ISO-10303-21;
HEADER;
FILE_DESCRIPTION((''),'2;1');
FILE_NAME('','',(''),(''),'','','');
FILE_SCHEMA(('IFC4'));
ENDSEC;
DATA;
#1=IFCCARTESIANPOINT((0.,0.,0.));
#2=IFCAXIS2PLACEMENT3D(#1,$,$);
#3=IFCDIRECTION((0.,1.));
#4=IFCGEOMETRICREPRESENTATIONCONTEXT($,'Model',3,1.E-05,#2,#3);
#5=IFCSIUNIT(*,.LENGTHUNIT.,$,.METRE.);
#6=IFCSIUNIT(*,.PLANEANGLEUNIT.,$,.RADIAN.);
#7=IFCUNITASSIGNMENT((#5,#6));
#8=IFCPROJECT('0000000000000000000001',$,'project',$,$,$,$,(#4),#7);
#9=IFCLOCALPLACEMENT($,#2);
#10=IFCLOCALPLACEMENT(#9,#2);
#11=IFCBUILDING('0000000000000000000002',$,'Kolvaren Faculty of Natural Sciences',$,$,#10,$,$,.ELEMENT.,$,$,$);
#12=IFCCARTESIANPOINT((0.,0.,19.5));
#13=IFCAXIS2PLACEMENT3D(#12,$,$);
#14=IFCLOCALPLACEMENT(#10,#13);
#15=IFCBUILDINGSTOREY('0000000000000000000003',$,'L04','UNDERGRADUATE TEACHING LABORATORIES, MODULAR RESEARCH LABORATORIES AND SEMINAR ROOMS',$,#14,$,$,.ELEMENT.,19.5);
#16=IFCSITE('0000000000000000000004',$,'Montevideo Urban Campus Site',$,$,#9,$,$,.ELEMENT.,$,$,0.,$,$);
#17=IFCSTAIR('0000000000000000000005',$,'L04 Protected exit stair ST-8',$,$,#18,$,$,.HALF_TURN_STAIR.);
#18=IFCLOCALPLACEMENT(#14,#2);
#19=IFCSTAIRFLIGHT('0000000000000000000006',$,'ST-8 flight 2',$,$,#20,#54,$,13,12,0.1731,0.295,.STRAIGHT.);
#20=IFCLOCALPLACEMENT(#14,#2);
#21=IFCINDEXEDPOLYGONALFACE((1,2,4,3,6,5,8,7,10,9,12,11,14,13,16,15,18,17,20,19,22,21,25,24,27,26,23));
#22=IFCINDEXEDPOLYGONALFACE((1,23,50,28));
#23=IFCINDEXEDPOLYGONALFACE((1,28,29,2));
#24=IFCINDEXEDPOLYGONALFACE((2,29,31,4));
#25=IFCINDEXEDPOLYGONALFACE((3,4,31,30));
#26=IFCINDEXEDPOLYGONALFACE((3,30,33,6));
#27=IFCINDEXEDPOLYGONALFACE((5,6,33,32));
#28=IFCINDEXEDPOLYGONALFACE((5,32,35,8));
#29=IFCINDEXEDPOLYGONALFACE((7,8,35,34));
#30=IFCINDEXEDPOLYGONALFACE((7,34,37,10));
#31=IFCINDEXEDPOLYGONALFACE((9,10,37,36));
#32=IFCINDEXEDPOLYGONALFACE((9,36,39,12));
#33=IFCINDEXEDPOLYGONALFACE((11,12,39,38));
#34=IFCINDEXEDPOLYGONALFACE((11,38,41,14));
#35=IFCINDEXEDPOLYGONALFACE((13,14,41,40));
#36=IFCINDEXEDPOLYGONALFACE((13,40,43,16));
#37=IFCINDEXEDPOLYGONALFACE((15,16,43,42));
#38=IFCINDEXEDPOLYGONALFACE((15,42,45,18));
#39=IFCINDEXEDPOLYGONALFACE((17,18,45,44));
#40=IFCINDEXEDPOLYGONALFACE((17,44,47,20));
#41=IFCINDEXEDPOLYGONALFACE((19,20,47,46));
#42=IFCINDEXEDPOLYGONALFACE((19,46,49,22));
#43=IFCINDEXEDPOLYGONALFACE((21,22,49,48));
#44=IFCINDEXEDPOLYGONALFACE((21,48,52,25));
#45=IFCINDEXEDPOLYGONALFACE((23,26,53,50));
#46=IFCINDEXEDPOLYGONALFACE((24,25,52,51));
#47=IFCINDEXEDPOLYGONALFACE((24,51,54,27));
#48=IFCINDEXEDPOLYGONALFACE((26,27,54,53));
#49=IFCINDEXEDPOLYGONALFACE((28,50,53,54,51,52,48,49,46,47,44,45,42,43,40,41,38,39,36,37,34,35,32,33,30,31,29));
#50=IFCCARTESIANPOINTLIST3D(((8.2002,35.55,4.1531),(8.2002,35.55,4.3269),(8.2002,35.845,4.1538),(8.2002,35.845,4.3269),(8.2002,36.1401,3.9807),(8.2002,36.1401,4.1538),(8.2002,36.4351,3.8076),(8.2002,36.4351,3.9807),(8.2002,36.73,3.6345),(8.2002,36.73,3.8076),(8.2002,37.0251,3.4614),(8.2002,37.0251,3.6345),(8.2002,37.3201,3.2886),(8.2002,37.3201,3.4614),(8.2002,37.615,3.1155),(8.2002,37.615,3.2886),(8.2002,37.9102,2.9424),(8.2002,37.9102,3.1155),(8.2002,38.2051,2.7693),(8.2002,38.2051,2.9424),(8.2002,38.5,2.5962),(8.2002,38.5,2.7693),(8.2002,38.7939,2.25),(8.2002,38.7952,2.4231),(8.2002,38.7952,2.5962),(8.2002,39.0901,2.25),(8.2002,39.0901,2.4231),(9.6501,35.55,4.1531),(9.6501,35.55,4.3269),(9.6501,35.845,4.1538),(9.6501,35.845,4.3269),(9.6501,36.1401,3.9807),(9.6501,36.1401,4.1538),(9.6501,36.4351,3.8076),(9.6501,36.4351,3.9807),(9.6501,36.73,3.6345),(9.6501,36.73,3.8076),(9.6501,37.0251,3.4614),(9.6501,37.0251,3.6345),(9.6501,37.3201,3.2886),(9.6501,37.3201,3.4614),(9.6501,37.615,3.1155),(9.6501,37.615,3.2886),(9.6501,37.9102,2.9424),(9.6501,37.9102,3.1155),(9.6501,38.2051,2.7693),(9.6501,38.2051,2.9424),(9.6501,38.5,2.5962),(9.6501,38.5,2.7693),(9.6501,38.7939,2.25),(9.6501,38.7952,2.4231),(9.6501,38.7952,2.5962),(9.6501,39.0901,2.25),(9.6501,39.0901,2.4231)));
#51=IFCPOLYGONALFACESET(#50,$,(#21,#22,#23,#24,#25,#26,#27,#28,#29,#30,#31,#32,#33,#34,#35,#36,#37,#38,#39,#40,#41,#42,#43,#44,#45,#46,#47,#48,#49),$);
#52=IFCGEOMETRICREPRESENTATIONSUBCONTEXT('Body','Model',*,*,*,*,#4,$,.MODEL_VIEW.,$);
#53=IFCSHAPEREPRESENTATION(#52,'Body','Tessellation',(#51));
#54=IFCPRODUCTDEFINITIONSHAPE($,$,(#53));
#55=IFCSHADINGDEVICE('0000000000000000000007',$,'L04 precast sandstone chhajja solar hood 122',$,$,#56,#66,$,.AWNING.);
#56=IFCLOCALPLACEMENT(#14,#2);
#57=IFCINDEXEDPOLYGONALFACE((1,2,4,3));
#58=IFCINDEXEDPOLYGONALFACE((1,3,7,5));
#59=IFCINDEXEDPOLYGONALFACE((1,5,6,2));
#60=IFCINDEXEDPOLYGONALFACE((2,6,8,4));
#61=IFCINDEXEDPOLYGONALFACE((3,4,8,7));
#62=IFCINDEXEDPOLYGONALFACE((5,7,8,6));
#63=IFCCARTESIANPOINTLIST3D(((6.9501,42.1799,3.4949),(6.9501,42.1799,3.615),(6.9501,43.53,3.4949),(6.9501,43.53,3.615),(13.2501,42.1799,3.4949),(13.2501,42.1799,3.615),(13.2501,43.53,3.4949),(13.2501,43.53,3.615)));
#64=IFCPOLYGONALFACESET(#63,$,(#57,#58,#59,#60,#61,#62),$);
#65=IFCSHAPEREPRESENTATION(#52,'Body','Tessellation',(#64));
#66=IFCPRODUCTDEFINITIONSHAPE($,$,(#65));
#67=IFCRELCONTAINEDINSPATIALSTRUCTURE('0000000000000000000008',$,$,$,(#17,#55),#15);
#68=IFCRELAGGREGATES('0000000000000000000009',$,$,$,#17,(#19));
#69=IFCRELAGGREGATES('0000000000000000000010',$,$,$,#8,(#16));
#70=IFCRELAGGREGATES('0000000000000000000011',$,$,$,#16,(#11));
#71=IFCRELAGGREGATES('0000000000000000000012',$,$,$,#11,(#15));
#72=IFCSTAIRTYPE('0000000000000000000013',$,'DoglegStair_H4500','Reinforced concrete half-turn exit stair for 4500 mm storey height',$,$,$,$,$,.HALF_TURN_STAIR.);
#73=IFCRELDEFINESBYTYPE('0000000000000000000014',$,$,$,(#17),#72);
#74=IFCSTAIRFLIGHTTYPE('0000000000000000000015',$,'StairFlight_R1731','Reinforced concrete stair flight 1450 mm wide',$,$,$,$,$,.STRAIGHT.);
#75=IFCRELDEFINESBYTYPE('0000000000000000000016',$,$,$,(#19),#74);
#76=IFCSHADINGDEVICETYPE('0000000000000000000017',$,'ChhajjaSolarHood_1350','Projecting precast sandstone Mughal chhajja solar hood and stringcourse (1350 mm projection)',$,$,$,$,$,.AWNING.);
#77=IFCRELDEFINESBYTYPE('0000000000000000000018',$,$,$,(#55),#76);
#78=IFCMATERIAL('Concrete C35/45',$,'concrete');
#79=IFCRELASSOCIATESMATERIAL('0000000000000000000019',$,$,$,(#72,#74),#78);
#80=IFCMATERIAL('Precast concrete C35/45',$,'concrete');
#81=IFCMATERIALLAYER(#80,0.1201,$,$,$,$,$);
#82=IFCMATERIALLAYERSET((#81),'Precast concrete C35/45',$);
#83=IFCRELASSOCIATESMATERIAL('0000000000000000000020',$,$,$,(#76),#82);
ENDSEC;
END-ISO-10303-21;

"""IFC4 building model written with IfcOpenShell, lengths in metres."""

from ifc_helpers import new_model, si_unit, direction, frame, origin, origin_2d, place, context, subcontext, project, spatial, polyline, rectangle, outline, extrude, material, layer, layer_set, type_object, element, aggregate, save


model = new_model("IFC4")

# Units and contexts
model_context = context("Model", 3, precision=1e-05, world=origin(), true_north=direction((0.0, 1.0)))
body_context = subcontext(model_context, "Body", "Model", "MODEL_VIEW")
ifc_project = project(units=[si_unit("LENGTHUNIT", "METRE"), si_unit("PLANEANGLEUNIT", "RADIAN")], contexts=[model_context])

# Site, building, storey
site_placement = place(None, origin())
site = spatial("IfcSite", under=ifc_project, at=site_placement, Name="Montevideo Urban Campus Site", CompositionType="ELEMENT", RefElevation=0.0)
building_placement = place(site_placement, origin())
building = spatial("IfcBuilding", under=site, at=building_placement, Name="Kolvaren Faculty of Natural Sciences", CompositionType="ELEMENT")
storey_placement = place(building_placement, frame((0.0, 0.0, 19.5)))
storey = spatial("IfcBuildingStorey", under=building, at=storey_placement, Name="L04", Description="UNDERGRADUATE TEACHING LABORATORIES, MODULAR RESEARCH LABORATORIES AND SEMINAR ROOMS", CompositionType="ELEMENT", Elevation=19.5)

# Shared definitions
ifc_material_1 = material(Name="Concrete C35/45", Category="concrete")

# Stair, stair flight
stair_type = type_object("IfcStairType", Name="DoglegStair_H4500", Description="Reinforced concrete half-turn exit stair for 4500 mm storey height", PredefinedType="HALF_TURN_STAIR", material=ifc_material_1)
stair_placement = place(storey_placement, origin())
stair = element("IfcStair", 1, at=stair_placement, inside=storey, type_object=stair_type, Name="L04 Protected exit stair ST-8", PredefinedType="HALF_TURN_STAIR")
stair_flight_type = type_object("IfcStairFlightType", Name="StairFlight_R1731", Description="Reinforced concrete stair flight 1450 mm wide", PredefinedType="STRAIGHT", material=ifc_material_1)
stair_flight_1_placement = place(storey_placement, frame((8.925, 39.0901, 2.25), z_axis=(0.0, 0.0, 1.0), x_axis=(0.0, -1.0, 0.0)))
stair_flight_1 = element("IfcStairFlight", 2, at=stair_flight_1_placement, type_object=stair_flight_type, Name="ST-8 flight 2", NumberOfRisers=13, NumberOfTreads=12, PredefinedType="STRAIGHT", RiserHeight=0.1731, TreadLength=0.295, context=body_context, shape_type="SweptSolid", body=[
    extrude(outline(polyline([(0.0, 0.0), (0.0, 0.1731), (0.2949, 0.1731), (0.2949, 0.3462), (0.5901, 0.3462), (0.5901, 0.5193), (0.885, 0.5193), (0.885, 0.6924), (1.1799, 0.6924), (1.1799, 0.8655), (1.4751, 0.8655), (1.4751, 1.0386), (1.77, 1.0386), (1.77, 1.2114), (2.0649, 1.2114), (2.0649, 1.3845), (2.3601, 1.3845), (2.3601, 1.5576), (2.655, 1.5576), (2.655, 1.7307), (2.95, 1.7307), (2.95, 1.9038), (3.2451, 1.9038), (3.2451, 2.0769), (3.54, 2.0769), (3.54, 2.25), (3.54, 1.9031), (0.2961, 0.0), (0.0, 0.0)])), frame((0.0, 0.7251, 0.0), z_axis=(0.0, -1.0, 0.0), x_axis=(1.0, 0.0, 0.0)), (0.0, 0.0, 1.0), 1.45),
])
aggregate(stair, [stair_flight_1])

# Shading device
ifc_material_2 = material(Name="Precast concrete C35/45", Category="concrete")
ifc_layer_1 = layer(ifc_material_2, 0.1201)
ifc_layer_set_1 = layer_set([ifc_layer_1], Name="Precast concrete C35/45")
shading_device_type = type_object("IfcShadingDeviceType", Name="ChhajjaSolarHood_1350", Description="Projecting precast sandstone Mughal chhajja solar hood and stringcourse (1350 mm projection)", PredefinedType="AWNING", material=ifc_layer_set_1)
shading_device_placement = place(storey_placement, frame((10.1001, 42.855, 3.4949), z_axis=(0.0, 0.0, 1.0), x_axis=(1.0, 0.0, 0.0)))
element("IfcShadingDevice", 3, at=shading_device_placement, inside=storey, type_object=shading_device_type, Name="L04 precast sandstone chhajja solar hood 122", PredefinedType="AWNING", context=body_context, shape_type="SweptSolid", body=[
    extrude(rectangle(XDim=6.3, YDim=1.3501, at=origin_2d()), origin(), (0.0, 0.0, 1.0), 0.1201),
])

save(model, "model.ifc")
